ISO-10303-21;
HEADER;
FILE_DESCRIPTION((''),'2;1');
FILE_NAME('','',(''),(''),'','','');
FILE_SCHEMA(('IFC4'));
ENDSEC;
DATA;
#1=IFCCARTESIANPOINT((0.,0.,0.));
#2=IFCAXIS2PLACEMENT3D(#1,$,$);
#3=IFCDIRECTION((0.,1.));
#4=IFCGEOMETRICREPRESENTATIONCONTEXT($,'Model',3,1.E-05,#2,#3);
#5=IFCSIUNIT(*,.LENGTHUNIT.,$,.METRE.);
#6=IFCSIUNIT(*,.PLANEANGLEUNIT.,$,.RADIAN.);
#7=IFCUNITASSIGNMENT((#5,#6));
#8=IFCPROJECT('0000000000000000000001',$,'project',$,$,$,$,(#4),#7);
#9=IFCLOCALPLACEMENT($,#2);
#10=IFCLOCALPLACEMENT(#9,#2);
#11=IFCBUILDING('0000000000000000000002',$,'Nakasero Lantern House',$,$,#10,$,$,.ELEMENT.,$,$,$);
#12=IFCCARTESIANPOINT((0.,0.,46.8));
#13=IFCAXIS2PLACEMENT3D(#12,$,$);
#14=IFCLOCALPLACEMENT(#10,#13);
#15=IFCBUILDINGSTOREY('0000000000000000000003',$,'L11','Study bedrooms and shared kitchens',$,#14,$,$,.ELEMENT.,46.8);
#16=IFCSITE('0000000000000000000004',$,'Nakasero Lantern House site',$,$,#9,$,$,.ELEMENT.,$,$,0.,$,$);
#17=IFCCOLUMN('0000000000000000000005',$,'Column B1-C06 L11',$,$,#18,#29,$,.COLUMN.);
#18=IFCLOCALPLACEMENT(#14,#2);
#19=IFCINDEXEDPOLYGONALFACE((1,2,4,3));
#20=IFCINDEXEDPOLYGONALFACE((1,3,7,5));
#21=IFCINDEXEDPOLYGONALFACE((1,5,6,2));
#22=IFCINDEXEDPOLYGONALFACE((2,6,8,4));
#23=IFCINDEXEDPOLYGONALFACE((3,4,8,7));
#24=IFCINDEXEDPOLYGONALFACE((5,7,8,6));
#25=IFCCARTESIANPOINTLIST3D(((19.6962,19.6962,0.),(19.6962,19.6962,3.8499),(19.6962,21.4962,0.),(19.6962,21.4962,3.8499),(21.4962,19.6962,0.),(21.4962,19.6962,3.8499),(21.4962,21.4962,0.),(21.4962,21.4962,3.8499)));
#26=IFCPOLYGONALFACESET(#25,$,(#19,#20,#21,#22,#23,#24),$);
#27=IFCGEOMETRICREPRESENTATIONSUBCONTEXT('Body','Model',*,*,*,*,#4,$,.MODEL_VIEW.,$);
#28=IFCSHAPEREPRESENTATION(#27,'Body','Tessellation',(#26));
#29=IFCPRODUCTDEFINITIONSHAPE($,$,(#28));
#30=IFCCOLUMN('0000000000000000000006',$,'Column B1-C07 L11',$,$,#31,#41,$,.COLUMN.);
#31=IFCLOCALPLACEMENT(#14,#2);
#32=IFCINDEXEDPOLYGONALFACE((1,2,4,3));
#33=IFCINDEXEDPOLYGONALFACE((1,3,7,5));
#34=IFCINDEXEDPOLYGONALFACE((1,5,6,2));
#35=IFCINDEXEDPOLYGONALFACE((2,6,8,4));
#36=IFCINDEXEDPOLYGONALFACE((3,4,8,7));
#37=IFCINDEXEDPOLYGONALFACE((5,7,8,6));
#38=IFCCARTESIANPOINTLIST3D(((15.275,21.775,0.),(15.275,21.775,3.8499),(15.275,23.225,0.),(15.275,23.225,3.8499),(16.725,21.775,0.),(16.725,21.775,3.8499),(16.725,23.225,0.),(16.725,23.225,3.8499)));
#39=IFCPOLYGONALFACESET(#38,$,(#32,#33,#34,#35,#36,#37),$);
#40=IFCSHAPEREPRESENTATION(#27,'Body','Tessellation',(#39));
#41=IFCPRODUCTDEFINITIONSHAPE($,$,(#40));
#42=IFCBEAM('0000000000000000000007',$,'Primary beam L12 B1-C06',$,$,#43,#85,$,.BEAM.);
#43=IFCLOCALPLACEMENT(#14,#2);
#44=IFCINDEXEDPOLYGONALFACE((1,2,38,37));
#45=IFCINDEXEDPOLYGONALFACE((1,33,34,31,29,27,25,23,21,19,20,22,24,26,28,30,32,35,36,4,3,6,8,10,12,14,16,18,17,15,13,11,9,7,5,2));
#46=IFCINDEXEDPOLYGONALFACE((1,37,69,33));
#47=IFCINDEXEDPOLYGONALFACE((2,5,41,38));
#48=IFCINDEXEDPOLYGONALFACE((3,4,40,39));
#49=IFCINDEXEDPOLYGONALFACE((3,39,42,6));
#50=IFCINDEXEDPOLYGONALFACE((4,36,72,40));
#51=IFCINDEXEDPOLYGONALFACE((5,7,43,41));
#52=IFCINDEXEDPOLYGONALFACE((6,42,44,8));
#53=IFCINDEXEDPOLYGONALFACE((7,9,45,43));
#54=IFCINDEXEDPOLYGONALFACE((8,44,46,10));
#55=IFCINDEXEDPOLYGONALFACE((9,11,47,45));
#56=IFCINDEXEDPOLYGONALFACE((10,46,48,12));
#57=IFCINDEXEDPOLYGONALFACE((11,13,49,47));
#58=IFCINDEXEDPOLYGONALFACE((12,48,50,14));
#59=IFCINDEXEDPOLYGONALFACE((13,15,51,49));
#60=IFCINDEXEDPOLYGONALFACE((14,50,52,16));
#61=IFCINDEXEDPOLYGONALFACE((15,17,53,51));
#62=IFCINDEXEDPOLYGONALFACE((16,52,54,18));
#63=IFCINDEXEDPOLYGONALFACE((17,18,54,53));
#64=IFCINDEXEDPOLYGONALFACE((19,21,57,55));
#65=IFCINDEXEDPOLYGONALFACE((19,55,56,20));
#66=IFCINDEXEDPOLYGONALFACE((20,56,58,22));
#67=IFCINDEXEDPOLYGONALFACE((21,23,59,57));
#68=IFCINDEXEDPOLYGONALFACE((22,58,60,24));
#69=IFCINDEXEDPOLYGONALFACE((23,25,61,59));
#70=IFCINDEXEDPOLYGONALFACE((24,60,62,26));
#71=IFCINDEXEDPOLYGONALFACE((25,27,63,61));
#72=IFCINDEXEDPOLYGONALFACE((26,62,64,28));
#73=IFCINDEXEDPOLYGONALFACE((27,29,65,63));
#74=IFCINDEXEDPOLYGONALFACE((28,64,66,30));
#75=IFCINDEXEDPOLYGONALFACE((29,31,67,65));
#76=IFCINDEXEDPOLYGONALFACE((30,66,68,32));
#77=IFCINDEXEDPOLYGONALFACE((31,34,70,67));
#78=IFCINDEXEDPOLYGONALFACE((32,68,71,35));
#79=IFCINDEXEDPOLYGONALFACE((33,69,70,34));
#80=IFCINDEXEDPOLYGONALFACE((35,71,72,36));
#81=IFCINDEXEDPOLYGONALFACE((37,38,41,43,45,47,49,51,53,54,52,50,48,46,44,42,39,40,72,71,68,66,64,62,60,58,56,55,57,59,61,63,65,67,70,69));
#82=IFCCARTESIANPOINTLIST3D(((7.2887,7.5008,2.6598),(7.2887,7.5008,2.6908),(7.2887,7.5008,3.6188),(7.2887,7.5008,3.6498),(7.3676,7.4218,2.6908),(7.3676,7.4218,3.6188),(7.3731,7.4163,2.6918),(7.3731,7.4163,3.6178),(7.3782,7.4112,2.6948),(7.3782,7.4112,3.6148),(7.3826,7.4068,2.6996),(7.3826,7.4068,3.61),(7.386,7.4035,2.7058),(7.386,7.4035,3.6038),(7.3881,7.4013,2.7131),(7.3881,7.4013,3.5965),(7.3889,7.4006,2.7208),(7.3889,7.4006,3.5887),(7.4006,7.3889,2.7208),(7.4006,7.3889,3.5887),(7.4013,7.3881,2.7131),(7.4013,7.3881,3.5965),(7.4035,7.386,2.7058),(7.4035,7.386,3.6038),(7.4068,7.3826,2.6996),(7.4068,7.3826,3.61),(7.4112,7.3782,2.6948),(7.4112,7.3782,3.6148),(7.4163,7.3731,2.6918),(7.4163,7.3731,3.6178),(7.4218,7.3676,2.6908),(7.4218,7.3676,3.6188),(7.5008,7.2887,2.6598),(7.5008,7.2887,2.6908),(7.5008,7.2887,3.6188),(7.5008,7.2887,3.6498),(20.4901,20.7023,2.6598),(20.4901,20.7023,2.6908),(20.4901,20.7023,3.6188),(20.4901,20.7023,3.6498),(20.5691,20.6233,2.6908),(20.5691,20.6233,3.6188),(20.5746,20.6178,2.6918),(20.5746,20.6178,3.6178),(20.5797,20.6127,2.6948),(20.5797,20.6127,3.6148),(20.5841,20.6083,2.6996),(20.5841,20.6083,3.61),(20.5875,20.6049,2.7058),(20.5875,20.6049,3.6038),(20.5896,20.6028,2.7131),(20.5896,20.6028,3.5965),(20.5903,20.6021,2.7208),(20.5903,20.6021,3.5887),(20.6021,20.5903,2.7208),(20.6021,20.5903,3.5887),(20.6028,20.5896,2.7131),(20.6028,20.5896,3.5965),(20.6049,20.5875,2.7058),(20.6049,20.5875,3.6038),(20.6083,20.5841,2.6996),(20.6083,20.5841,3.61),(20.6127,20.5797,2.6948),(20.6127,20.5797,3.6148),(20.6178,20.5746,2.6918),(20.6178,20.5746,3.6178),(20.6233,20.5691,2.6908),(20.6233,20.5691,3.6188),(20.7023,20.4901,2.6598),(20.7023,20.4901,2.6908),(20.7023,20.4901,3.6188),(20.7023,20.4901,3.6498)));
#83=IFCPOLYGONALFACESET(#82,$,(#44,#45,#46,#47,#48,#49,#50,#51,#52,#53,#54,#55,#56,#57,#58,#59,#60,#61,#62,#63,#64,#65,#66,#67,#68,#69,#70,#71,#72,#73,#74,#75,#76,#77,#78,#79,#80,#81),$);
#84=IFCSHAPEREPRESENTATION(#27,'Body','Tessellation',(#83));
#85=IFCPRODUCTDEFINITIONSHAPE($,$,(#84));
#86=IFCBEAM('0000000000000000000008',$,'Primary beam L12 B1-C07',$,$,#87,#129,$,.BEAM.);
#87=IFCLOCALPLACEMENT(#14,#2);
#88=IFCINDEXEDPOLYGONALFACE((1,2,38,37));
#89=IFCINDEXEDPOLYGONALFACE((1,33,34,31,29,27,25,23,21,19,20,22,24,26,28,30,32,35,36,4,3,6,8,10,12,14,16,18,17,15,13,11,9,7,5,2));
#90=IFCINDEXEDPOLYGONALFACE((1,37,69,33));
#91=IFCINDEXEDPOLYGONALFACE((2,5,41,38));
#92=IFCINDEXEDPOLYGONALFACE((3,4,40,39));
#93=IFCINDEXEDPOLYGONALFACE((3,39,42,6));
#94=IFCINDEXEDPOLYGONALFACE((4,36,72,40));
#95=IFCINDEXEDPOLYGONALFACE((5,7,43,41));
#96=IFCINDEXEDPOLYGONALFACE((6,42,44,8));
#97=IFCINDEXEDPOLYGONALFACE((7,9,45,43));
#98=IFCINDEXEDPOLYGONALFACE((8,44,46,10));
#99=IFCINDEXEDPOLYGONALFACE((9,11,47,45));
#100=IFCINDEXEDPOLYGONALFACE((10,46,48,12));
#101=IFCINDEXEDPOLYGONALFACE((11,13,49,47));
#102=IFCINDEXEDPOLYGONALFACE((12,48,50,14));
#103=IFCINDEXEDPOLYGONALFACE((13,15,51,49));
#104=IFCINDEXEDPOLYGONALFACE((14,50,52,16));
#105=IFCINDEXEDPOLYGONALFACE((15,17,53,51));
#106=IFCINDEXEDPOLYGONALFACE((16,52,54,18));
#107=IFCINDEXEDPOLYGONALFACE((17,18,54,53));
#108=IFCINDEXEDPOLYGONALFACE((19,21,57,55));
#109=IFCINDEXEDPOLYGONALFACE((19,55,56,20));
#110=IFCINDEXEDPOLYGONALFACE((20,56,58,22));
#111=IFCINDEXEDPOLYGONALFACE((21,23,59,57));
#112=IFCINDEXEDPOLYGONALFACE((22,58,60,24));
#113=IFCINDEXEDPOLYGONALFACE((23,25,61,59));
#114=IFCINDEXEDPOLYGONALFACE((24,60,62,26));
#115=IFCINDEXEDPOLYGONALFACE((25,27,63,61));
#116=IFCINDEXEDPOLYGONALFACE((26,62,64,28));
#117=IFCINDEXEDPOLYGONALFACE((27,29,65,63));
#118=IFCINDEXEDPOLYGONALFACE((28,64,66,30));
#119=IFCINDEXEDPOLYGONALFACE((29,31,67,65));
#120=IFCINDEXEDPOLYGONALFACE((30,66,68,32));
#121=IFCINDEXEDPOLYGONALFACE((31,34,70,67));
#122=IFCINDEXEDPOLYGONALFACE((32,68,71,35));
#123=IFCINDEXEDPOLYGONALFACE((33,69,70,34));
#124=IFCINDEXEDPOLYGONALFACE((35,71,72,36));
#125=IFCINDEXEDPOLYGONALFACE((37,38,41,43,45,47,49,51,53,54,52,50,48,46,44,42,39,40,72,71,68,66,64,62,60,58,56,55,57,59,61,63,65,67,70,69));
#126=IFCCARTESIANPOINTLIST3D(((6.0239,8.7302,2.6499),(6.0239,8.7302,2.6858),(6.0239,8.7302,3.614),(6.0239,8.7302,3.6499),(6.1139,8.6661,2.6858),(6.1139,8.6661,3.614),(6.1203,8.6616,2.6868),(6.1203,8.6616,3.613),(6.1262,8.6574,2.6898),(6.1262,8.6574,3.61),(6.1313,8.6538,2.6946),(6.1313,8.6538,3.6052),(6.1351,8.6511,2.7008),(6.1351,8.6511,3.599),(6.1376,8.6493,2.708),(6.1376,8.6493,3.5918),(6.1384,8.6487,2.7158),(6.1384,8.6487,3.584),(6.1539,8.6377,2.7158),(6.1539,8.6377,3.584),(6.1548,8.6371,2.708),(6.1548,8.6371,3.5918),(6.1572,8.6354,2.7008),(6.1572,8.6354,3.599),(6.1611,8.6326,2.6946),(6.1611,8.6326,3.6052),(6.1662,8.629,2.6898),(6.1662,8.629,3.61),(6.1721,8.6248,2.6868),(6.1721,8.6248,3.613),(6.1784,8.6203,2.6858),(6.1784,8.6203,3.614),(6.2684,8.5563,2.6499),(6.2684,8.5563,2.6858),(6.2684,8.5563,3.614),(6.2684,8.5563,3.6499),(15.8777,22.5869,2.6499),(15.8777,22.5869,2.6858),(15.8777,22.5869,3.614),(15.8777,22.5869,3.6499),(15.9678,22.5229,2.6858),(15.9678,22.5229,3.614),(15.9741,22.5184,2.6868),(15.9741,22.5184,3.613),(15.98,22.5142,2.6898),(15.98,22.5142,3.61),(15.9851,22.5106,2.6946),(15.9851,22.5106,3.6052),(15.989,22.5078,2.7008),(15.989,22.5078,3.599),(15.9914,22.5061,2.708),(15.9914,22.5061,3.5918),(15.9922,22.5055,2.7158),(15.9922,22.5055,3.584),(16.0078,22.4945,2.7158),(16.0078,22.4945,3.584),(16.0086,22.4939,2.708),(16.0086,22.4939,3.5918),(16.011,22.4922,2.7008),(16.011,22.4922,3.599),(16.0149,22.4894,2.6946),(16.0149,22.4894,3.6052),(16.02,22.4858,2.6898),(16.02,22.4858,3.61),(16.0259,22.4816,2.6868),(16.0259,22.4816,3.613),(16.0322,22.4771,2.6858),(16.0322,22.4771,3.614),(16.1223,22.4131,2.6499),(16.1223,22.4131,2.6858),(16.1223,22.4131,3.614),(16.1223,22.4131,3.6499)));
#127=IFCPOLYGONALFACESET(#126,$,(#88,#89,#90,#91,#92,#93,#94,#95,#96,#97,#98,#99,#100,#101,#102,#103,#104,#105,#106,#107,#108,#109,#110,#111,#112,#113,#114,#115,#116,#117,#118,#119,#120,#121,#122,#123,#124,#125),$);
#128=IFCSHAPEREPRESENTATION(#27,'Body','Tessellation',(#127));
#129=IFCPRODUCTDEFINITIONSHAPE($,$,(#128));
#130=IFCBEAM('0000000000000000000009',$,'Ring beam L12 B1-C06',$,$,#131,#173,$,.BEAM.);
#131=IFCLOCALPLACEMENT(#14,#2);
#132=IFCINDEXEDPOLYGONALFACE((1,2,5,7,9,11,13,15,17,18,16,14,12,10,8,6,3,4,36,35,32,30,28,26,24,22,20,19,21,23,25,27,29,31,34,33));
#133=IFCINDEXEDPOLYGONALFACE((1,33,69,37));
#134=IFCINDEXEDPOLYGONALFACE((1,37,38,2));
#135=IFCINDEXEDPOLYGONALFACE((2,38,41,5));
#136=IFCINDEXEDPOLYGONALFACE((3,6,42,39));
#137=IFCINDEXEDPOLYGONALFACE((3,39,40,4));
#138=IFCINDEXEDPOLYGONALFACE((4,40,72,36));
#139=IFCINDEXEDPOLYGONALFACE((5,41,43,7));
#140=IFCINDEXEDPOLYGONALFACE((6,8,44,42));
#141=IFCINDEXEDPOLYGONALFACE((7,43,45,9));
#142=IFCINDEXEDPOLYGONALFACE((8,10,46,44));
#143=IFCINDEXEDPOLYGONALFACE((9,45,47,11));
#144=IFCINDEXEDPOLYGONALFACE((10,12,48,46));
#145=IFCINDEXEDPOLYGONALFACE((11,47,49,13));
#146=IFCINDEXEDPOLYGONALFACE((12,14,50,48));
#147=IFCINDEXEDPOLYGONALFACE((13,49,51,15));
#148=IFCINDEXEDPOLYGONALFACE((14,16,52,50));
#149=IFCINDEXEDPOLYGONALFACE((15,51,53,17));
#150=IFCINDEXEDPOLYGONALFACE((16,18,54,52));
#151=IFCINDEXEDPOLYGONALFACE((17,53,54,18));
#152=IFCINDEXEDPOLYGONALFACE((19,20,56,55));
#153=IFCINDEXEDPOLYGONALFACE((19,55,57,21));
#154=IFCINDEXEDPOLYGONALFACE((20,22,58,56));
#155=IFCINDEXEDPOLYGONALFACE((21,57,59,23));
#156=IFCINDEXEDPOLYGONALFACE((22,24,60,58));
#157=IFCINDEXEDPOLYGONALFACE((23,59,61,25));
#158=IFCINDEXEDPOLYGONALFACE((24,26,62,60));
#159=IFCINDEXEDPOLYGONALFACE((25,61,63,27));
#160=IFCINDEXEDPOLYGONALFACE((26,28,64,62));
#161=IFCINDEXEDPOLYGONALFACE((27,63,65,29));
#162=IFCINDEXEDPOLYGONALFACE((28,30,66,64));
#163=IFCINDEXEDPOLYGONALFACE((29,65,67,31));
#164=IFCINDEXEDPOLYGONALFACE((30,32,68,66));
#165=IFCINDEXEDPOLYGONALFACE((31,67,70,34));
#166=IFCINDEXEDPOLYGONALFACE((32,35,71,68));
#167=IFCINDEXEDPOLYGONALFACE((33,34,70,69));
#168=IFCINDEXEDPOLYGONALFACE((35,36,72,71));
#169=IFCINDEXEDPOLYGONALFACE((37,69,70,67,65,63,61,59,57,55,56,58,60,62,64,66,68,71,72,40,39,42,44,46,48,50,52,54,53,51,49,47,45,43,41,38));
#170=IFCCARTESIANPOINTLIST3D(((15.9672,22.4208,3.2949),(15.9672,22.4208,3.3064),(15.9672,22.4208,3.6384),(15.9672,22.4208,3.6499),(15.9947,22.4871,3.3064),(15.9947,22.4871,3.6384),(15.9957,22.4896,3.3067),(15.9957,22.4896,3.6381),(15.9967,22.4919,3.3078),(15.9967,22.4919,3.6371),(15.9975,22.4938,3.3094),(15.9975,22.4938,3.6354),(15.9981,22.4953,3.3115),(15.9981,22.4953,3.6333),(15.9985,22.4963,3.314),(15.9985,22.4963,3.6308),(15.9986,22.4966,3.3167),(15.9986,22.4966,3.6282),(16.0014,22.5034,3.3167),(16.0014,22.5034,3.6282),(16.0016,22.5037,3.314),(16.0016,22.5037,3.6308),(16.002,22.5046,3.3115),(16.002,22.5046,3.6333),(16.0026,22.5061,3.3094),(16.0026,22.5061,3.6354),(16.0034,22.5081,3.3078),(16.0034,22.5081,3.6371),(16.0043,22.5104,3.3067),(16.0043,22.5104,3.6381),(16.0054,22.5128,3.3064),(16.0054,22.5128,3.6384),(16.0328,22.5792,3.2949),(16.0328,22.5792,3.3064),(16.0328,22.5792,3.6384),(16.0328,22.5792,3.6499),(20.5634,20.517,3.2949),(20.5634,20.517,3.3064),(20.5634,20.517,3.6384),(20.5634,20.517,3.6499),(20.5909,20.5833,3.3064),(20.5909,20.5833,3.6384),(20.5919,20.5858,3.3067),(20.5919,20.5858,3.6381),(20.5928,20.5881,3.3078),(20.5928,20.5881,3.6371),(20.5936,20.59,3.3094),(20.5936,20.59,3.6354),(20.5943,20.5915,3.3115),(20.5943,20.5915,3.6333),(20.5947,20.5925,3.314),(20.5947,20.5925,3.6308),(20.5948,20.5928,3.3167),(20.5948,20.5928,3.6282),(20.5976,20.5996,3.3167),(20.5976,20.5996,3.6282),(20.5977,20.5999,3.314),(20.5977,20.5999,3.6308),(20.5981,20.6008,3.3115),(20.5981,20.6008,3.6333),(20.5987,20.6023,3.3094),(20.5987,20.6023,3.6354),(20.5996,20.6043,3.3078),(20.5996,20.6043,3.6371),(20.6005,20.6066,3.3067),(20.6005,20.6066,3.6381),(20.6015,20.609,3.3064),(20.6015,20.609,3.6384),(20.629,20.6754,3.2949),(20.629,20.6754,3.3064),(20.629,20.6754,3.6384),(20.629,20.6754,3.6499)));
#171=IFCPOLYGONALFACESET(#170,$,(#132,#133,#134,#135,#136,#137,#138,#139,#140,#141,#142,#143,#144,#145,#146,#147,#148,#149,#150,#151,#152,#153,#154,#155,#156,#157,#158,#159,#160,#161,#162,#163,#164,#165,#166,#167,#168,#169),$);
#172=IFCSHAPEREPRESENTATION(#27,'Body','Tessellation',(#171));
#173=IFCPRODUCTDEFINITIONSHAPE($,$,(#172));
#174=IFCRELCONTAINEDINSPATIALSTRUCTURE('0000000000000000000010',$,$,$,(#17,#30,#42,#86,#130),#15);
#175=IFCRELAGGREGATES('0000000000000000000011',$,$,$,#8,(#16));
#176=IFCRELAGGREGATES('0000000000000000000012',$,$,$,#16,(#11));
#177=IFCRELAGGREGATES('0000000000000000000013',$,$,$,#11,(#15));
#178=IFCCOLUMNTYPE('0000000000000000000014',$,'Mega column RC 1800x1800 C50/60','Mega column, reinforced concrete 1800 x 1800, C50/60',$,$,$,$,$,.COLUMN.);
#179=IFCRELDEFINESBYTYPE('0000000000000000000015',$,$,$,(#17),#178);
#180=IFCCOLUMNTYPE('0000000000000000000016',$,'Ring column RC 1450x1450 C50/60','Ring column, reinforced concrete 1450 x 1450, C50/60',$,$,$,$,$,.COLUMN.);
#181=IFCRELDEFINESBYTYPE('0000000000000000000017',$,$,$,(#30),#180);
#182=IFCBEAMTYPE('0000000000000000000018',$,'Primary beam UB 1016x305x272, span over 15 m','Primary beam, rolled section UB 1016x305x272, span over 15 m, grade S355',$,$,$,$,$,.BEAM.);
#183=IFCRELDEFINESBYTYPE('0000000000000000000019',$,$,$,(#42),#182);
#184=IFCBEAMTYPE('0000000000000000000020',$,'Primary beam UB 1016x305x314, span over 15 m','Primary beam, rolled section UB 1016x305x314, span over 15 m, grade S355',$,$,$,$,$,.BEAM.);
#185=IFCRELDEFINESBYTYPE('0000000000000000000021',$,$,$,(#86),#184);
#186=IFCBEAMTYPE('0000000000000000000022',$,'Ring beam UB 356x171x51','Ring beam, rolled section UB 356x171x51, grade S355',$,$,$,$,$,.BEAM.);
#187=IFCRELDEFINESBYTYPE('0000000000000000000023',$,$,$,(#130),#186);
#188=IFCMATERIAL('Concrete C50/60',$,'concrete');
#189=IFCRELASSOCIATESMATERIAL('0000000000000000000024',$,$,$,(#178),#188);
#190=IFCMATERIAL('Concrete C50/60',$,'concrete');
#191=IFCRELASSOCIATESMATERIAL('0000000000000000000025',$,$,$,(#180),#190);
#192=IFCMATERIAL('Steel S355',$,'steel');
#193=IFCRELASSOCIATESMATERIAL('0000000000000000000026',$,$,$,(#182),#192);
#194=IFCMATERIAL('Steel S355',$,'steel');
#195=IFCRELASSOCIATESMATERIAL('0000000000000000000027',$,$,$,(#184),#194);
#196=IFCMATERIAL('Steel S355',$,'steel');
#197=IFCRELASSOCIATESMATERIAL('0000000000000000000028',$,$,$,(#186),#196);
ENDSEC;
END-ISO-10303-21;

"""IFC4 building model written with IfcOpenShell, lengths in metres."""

from ifc_helpers import new_model, si_unit, direction, frame, origin, origin_2d, place, context, subcontext, project, spatial, rectangle, i_section, extrude, material, material_profile, profile_set, type_object, element, save


model = new_model("IFC4")

# Units and contexts
model_context = context("Model", 3, precision=1e-05, world=origin(), true_north=direction((0.0, 1.0)))
body_context = subcontext(model_context, "Body", "Model", "MODEL_VIEW")
ifc_project = project(units=[si_unit("LENGTHUNIT", "METRE"), si_unit("PLANEANGLEUNIT", "RADIAN")], contexts=[model_context])

# Site, building, storey
site_placement = place(None, origin())
site = spatial("IfcSite", under=ifc_project, at=site_placement, Name="Nakasero Lantern House site", CompositionType="ELEMENT", RefElevation=0.0)
building_placement = place(site_placement, origin())
building = spatial("IfcBuilding", under=site, at=building_placement, Name="Nakasero Lantern House", CompositionType="ELEMENT")
storey_placement = place(building_placement, frame((0.0, 0.0, 46.8)))
storey = spatial("IfcBuildingStorey", under=building, at=storey_placement, Name="L11", Description="Study bedrooms and shared kitchens", CompositionType="ELEMENT", Elevation=46.8)

# Columns
ifc_material_1 = material(Name="Concrete C50/60", Category="concrete")
ifc_material_profile_1 = material_profile(ifc_material_1, rectangle(XDim=1.8, YDim=1.8, at=origin_2d()), Name="RC 1800x1800")
ifc_profile_set_1 = profile_set([ifc_material_profile_1], Name="Concrete C50/60")
column_type_1 = type_object("IfcColumnType", Name="Mega column RC 1800x1800 C50/60", Description="Mega column, reinforced concrete 1800 x 1800, C50/60", PredefinedType="COLUMN", material=ifc_profile_set_1)
column_1_placement = place(storey_placement, frame((20.5962, 20.5962, 0.0), z_axis=(0.0, 0.0, 1.0), x_axis=(1.0, 0.0, 0.0)))
element("IfcColumn", 1, at=column_1_placement, inside=storey, type_object=column_type_1, Name="Column B1-C06 L11", PredefinedType="COLUMN", context=body_context, shape_type="SweptSolid", body=[
    extrude(rectangle(XDim=1.8, YDim=1.8, at=origin_2d()), origin(), (0.0, 0.0, 1.0), 3.8499),
])
ifc_material_2 = material(Name="Concrete C50/60", Category="concrete")
ifc_material_profile_2 = material_profile(ifc_material_2, rectangle(XDim=1.45, YDim=1.45, at=origin_2d()), Name="RC 1450x1450")
ifc_profile_set_2 = profile_set([ifc_material_profile_2], Name="Concrete C50/60")
column_type_2 = type_object("IfcColumnType", Name="Ring column RC 1450x1450 C50/60", Description="Ring column, reinforced concrete 1450 x 1450, C50/60", PredefinedType="COLUMN", material=ifc_profile_set_2)
column_2_placement = place(storey_placement, frame((16.0, 22.5, 0.0), z_axis=(0.0, 0.0, 1.0), x_axis=(1.0, 0.0, 0.0)))
element("IfcColumn", 2, at=column_2_placement, inside=storey, type_object=column_type_2, Name="Column B1-C07 L11", PredefinedType="COLUMN", context=body_context, shape_type="SweptSolid", body=[
    extrude(rectangle(XDim=1.45, YDim=1.45, at=origin_2d()), origin(), (0.0, 0.0, 1.0), 3.8499),
])

# Beams
ifc_material_3 = material(Name="Steel S355", Category="steel")
ifc_material_profile_3 = material_profile(ifc_material_3, i_section(OverallWidth=0.3, OverallDepth=0.99, WebThickness=0.0166, FlangeThickness=0.031, FilletRadius=0.03, at=origin_2d()), Name="UB 1016x305x272")
ifc_profile_set_3 = profile_set([ifc_material_profile_3], Name="Steel S355")
beam_type_1 = type_object("IfcBeamType", Name="Primary beam UB 1016x305x272, span over 15 m", Description="Primary beam, rolled section UB 1016x305x272, span over 15 m, grade S355", PredefinedType="BEAM", material=ifc_profile_set_3)
beam_1_placement = place(storey_placement, frame((20.5962, 20.5962, 3.1548), z_axis=(-0.707107, -0.707107, 0.0), x_axis=(0.707107, -0.707107, 0.0)))
element("IfcBeam", 3, at=beam_1_placement, inside=storey, type_object=beam_type_1, Name="Primary beam L12 B1-C06", PredefinedType="BEAM", context=body_context, shape_type="SweptSolid", body=[
    extrude(i_section(OverallWidth=0.3, OverallDepth=0.99, WebThickness=0.0166, FlangeThickness=0.031, FilletRadius=0.03, at=origin_2d()), origin(), (0.0, 0.0, 1.0), 18.6697),
])
ifc_material_4 = material(Name="Steel S355", Category="steel")
ifc_material_profile_4 = material_profile(ifc_material_4, i_section(OverallWidth=0.3, OverallDepth=1.0, WebThickness=0.019, FlangeThickness=0.0359, FilletRadius=0.03, at=origin_2d()), Name="UB 1016x305x314")
ifc_profile_set_4 = profile_set([ifc_material_profile_4], Name="Steel S355")
beam_type_2 = type_object("IfcBeamType", Name="Primary beam UB 1016x305x314, span over 15 m", Description="Primary beam, rolled section UB 1016x305x314, span over 15 m, grade S355", PredefinedType="BEAM", material=ifc_profile_set_4)
beam_2_placement = place(storey_placement, frame((16.0, 22.5, 3.1499), z_axis=(-0.579528, -0.814952, 0.0), x_axis=(0.814952, -0.579528, 0.0)))
element("IfcBeam", 4, at=beam_2_placement, inside=storey, type_object=beam_type_2, Name="Primary beam L12 B1-C07", PredefinedType="BEAM", context=body_context, shape_type="SweptSolid", body=[
    extrude(i_section(OverallWidth=0.3, OverallDepth=1.0, WebThickness=0.019, FlangeThickness=0.0359, FilletRadius=0.03, at=origin_2d()), origin(), (0.0, 0.0, 1.0), 17.0032),
])
ifc_material_5 = material(Name="Steel S355", Category="steel")
ifc_material_profile_5 = material_profile(ifc_material_5, i_section(OverallWidth=0.1714, OverallDepth=0.355, WebThickness=0.0073, FlangeThickness=0.0115, FilletRadius=0.0103, at=origin_2d()), Name="UB 356x171x51")
ifc_profile_set_5 = profile_set([ifc_material_profile_5], Name="Steel S355")
beam_type_3 = type_object("IfcBeamType", Name="Ring beam UB 356x171x51", Description="Ring beam, rolled section UB 356x171x51, grade S355", PredefinedType="BEAM", material=ifc_profile_set_5)
beam_3_placement = place(storey_placement, frame((20.5962, 20.5962, 3.4724), z_axis=(-0.923879, 0.382684, 0.0), x_axis=(-0.382684, -0.923879, 0.0)))
element("IfcBeam", 5, at=beam_3_placement, inside=storey, type_object=beam_type_3, Name="Ring beam L12 B1-C06", PredefinedType="BEAM", context=body_context, shape_type="SweptSolid", body=[
    extrude(i_section(OverallWidth=0.1714, OverallDepth=0.355, WebThickness=0.0073, FlangeThickness=0.0115, FilletRadius=0.0103, at=origin_2d()), origin(), (0.0, 0.0, 1.0), 4.9749),
])

save(model, "model.ifc")
